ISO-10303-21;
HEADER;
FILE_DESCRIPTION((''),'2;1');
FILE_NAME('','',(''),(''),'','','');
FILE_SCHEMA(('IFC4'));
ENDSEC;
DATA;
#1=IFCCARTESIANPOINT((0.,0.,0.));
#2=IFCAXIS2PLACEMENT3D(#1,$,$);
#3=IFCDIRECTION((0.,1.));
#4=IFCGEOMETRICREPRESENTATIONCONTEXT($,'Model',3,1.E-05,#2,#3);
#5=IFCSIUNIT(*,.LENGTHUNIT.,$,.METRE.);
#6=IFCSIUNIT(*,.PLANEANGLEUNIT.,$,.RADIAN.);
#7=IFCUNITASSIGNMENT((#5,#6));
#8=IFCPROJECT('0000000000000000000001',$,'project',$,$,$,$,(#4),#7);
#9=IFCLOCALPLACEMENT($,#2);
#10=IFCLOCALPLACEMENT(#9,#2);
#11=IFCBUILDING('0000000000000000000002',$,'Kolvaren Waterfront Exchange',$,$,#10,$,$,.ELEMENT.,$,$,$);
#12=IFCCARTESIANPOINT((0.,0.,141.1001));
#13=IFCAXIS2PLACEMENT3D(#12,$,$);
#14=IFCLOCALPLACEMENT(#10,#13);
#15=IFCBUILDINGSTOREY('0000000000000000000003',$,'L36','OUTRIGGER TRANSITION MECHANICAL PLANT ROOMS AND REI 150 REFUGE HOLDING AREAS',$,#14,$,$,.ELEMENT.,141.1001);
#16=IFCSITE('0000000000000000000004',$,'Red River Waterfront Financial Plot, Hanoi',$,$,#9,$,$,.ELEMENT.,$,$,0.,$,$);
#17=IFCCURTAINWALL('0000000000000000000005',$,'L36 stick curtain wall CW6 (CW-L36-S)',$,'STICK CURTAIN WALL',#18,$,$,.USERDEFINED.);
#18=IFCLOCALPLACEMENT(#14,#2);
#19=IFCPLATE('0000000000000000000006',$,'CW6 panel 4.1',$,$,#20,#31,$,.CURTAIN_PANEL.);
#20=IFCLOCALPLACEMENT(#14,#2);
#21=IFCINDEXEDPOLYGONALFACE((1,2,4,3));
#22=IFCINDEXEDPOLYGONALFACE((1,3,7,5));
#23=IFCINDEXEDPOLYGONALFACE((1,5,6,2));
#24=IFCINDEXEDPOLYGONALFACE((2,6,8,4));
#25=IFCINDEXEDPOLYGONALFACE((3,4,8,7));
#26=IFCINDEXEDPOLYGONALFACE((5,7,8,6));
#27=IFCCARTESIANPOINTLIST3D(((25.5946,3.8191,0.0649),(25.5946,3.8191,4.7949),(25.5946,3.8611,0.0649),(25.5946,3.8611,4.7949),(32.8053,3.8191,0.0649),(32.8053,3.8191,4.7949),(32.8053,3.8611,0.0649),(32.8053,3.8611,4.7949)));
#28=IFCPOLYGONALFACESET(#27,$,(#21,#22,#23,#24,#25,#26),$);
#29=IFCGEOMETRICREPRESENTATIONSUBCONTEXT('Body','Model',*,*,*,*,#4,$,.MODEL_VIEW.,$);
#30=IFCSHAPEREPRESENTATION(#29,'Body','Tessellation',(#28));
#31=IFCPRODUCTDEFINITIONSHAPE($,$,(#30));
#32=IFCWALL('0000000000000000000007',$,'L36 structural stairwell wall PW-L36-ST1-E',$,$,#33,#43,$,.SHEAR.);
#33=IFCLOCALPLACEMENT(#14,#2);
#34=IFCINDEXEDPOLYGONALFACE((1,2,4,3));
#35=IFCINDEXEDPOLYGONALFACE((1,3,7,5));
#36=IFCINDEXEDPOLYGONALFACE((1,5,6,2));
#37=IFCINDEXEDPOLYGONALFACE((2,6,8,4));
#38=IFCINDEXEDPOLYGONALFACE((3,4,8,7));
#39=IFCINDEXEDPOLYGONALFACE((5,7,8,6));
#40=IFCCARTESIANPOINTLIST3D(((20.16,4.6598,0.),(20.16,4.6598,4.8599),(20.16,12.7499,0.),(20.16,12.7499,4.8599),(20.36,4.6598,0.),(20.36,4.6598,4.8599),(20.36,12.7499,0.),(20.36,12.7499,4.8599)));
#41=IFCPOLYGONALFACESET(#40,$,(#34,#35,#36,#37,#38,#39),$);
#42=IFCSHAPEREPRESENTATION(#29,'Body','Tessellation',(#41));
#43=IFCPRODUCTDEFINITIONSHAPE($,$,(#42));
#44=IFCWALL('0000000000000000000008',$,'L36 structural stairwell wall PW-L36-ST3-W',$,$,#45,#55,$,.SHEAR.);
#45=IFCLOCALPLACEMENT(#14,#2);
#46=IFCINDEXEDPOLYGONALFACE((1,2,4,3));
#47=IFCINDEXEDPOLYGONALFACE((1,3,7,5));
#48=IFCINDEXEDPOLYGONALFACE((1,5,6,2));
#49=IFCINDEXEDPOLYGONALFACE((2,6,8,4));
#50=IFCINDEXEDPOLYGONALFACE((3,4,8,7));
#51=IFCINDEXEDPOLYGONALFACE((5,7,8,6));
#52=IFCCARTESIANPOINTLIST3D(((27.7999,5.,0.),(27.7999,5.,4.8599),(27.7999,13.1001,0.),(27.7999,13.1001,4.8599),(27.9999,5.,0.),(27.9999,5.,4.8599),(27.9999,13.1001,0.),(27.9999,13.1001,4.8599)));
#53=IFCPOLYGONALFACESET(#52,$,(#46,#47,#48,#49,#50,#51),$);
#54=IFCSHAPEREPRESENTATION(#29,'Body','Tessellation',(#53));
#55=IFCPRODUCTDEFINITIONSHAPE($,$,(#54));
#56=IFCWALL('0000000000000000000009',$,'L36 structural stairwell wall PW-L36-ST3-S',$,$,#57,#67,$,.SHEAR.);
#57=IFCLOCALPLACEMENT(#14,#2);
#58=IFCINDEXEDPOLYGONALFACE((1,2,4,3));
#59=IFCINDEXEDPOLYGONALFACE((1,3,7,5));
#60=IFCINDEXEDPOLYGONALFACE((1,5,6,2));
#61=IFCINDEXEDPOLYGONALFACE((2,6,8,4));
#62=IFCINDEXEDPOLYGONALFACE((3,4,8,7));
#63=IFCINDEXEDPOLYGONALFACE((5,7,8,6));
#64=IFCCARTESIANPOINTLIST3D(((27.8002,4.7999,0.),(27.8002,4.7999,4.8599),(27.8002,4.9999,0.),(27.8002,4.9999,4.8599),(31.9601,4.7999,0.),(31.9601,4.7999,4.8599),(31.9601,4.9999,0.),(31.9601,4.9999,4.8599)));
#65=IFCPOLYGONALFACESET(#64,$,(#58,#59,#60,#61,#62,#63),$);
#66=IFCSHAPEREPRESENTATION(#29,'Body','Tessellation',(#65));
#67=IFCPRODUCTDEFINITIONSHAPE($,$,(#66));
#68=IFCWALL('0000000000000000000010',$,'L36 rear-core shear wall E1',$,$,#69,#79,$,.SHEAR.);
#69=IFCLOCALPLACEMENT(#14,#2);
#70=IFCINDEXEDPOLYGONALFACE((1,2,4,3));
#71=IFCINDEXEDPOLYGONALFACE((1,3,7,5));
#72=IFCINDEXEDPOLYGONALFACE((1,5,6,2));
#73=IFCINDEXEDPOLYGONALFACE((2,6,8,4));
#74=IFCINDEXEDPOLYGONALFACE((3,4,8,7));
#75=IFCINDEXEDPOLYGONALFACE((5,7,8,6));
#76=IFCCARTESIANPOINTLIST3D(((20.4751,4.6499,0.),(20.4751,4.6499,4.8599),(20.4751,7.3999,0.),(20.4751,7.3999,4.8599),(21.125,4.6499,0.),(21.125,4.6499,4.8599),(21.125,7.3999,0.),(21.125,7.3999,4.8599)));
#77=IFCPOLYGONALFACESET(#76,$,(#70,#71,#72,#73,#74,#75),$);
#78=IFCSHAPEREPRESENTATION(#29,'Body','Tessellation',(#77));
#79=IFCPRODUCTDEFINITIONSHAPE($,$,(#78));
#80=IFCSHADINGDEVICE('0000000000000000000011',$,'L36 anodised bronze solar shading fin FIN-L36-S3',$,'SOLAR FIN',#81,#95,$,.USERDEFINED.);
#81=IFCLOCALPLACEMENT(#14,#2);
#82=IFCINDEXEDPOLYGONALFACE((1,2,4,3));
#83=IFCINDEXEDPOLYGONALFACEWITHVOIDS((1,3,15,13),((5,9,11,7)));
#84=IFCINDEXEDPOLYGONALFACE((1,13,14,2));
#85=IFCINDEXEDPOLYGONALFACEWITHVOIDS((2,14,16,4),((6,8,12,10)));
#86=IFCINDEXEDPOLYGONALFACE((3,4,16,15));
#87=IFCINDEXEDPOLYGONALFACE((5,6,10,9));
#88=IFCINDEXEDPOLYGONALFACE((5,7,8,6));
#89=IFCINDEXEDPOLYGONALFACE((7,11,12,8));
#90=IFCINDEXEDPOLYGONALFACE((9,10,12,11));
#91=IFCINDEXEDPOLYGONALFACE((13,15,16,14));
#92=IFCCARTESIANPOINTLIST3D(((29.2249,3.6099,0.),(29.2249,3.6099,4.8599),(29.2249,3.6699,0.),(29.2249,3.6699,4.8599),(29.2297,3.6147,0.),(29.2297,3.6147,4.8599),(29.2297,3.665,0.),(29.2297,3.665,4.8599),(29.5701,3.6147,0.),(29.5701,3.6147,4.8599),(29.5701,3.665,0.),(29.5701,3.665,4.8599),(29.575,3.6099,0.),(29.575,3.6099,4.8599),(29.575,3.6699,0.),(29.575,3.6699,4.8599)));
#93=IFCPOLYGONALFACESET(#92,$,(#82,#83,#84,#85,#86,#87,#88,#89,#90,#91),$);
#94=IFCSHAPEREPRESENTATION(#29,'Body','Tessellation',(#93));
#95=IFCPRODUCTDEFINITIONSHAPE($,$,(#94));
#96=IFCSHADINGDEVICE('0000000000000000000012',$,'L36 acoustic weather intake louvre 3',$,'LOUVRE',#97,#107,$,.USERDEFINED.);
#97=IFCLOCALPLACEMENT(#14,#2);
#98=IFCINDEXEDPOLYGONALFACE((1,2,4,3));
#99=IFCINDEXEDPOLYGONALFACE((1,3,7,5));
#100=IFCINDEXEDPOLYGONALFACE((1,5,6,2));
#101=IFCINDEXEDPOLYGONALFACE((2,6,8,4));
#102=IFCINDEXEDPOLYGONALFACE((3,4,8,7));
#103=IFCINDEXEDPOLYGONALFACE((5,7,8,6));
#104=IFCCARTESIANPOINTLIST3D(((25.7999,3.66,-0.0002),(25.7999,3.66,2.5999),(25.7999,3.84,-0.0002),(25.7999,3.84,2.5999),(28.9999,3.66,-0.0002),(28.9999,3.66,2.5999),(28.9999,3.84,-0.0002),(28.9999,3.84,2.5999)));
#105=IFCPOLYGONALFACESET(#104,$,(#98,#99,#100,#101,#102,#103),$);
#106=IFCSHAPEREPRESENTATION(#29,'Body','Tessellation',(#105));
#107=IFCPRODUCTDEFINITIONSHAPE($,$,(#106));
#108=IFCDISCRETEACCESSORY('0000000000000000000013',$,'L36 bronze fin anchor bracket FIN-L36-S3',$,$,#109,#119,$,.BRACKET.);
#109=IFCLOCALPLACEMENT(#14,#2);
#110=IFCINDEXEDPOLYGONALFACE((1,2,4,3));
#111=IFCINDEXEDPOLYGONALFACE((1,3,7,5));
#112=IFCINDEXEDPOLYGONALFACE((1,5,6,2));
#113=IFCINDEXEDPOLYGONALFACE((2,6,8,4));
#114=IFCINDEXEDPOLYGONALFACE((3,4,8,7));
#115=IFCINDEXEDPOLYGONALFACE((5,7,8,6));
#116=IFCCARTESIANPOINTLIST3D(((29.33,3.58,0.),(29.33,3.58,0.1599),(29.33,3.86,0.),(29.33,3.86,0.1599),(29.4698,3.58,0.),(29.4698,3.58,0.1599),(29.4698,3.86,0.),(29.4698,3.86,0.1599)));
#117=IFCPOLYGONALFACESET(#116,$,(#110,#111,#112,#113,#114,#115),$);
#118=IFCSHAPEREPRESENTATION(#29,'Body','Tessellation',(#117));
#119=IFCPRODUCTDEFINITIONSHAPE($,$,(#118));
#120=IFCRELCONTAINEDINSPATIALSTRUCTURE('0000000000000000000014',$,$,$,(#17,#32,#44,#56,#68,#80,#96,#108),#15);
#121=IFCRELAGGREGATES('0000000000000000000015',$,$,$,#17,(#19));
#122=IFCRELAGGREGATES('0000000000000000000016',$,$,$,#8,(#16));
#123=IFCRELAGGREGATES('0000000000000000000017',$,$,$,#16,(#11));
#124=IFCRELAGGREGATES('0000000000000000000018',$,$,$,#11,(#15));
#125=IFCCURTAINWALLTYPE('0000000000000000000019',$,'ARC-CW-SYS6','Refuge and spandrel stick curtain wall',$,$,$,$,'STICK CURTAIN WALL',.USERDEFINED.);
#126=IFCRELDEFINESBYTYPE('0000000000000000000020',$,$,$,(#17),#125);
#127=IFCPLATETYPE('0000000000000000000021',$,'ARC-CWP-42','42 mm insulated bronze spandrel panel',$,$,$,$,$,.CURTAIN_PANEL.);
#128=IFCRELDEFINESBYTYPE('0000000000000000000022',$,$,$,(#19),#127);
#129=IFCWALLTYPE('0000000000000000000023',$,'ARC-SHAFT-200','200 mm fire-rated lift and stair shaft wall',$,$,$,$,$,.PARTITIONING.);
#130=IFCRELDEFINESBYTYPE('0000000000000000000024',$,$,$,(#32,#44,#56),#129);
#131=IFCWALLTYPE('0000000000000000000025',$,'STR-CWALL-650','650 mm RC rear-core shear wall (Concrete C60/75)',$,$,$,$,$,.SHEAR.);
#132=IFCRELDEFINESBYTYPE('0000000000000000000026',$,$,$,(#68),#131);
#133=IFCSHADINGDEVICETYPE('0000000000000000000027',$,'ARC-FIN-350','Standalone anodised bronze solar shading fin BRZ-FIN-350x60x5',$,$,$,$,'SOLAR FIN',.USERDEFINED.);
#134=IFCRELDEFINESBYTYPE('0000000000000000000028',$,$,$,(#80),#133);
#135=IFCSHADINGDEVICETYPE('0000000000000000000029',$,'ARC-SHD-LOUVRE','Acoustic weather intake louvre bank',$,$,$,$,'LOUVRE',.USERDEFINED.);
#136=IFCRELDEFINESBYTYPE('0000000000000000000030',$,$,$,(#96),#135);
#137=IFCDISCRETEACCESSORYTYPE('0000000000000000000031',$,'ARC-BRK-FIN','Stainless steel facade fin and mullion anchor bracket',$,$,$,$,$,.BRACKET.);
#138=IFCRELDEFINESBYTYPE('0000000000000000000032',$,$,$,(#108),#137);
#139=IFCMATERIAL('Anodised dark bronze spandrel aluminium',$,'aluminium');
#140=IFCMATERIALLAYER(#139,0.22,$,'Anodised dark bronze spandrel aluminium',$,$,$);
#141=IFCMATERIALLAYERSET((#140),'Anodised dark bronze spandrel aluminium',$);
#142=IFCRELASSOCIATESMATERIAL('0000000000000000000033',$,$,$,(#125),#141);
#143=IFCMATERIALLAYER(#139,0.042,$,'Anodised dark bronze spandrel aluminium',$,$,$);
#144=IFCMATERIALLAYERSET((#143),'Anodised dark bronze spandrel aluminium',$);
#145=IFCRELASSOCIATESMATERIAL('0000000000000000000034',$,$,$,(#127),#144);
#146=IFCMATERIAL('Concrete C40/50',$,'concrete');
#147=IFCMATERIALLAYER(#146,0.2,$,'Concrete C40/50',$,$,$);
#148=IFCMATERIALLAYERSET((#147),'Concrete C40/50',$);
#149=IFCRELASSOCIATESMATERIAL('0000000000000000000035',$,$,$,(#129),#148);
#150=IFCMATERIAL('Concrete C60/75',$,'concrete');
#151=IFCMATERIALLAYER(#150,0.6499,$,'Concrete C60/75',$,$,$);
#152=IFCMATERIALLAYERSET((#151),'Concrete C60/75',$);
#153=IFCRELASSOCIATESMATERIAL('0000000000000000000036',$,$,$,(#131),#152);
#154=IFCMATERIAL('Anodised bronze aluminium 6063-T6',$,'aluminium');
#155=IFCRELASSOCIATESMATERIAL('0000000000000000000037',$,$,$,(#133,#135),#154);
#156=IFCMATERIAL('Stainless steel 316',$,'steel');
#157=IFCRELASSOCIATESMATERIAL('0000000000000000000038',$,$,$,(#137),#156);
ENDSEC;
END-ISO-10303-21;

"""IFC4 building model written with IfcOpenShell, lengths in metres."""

from ifc_helpers import new_model, si_unit, direction, frame, frame_2d, origin, origin_with_axes, origin_2d, place, context, subcontext, project, spatial, rectangle, hollow_rectangle, extrude, source, transform, mapped, material, layer, layer_set, material_profile, profile_set, type_object, element, aggregate, save


model = new_model("IFC4")

# Units and contexts
model_context = context("Model", 3, precision=1e-05, world=origin(), true_north=direction((0.0, 1.0)))
body_context = subcontext(model_context, "Body", "Model", "MODEL_VIEW")
ifc_project = project(units=[si_unit("LENGTHUNIT", "METRE"), si_unit("PLANEANGLEUNIT", "RADIAN")], contexts=[model_context])

# Site, building, storey
site_placement = place(None, origin())
site = spatial("IfcSite", under=ifc_project, at=site_placement, Name="Red River Waterfront Financial Plot, Hanoi", CompositionType="ELEMENT", RefElevation=0.0)
building_placement = place(site_placement, origin())
building = spatial("IfcBuilding", under=site, at=building_placement, Name="Kolvaren Waterfront Exchange", CompositionType="ELEMENT")
storey_placement = place(building_placement, frame((0.0, 0.0, 141.1001)))
storey = spatial("IfcBuildingStorey", under=building, at=storey_placement, Name="L36", Description="OUTRIGGER TRANSITION MECHANICAL PLANT ROOMS AND REI 150 REFUGE HOLDING AREAS", CompositionType="ELEMENT", Elevation=141.1001)

# Shared definitions
ifc_material_1 = material(Name="Concrete C60/75", Category="concrete")

# Curtain wall
ifc_material_2 = material(Name="Anodised dark bronze spandrel aluminium", Category="aluminium")
ifc_layer_1 = layer(ifc_material_2, 0.22, Name="Anodised dark bronze spandrel aluminium")
ifc_layer_set_1 = layer_set([ifc_layer_1], Name="Anodised dark bronze spandrel aluminium")
curtain_wall_type = type_object("IfcCurtainWallType", Name="ARC-CW-SYS6", Description="Refuge and spandrel stick curtain wall", ElementType="STICK CURTAIN WALL", PredefinedType="USERDEFINED", material=ifc_layer_set_1)
curtain_wall_placement = place(storey_placement, origin())
curtain_wall = element("IfcCurtainWall", 1, at=curtain_wall_placement, inside=storey, type_object=curtain_wall_type, Name="L36 stick curtain wall CW6 (CW-L36-S)", ObjectType="STICK CURTAIN WALL", PredefinedType="USERDEFINED")
ifc_material_3 = material(Name="Anodised bronze aluminium 6063-T6", Category="aluminium")

# Plate
ifc_layer_2 = layer(ifc_material_2, 0.042, Name="Anodised dark bronze spandrel aluminium")
ifc_layer_set_2 = layer_set([ifc_layer_2], Name="Anodised dark bronze spandrel aluminium")
plate_type_1 = type_object("IfcPlateType", Name="ARC-CWP-42", Description="42 mm insulated bronze spandrel panel", PredefinedType="CURTAIN_PANEL", material=ifc_layer_set_2)
shared_shape_1 = source(origin_with_axes(), body_context, "Body", "SweptSolid", [
    extrude(rectangle(XDim=7.2107, YDim=0.042, at=origin_2d()), origin(), (0.0, 0.0, 1.0), 4.73),
])
plate_1_placement = place(storey_placement, frame((29.2, 3.8401, 0.0649), z_axis=(0.0, 0.0, 1.0), x_axis=(1.0, 0.0, 0.0)))
plate_1 = element("IfcPlate", 2, at=plate_1_placement, type_object=plate_type_1, Name="CW6 panel 4.1", PredefinedType="CURTAIN_PANEL", context=body_context, shape_type="MappedRepresentation", body=[
    mapped(shared_shape_1, transform((0.0, 0.0, 0.0), x_axis=(1.0, 0.0, 0.0), y_axis=(0.0, 1.0, 0.0), z_axis=(0.0, 0.0, 1.0), scale=1.0)),
])
aggregate(curtain_wall, [plate_1])

# Walls
ifc_material_4 = material(Name="Concrete C40/50", Category="concrete")
ifc_layer_3 = layer(ifc_material_4, 0.2, Name="Concrete C40/50")
ifc_layer_set_3 = layer_set([ifc_layer_3], Name="Concrete C40/50")
wall_type_1 = type_object("IfcWallType", Name="ARC-SHAFT-200", Description="200 mm fire-rated lift and stair shaft wall", PredefinedType="PARTITIONING", material=ifc_layer_set_3)
wall_1_placement = place(storey_placement, frame((20.26, 4.6599, 0.0), z_axis=(0.0, 0.0, 1.0), x_axis=(0.0, 1.0, 0.0)))
element("IfcWall", 3, at=wall_1_placement, inside=storey, type_object=wall_type_1, Name="L36 structural stairwell wall PW-L36-ST1-E", PredefinedType="SHEAR", context=body_context, shape_type="SweptSolid", body=[
    extrude(rectangle(XDim=8.0901, YDim=0.2, at=frame_2d((4.0449, 0.0))), origin(), (0.0, 0.0, 1.0), 4.8599),
])
wall_2_placement = place(storey_placement, frame((27.8999, 5.0, 0.0), z_axis=(0.0, 0.0, 1.0), x_axis=(0.0, 1.0, 0.0)))
element("IfcWall", 4, at=wall_2_placement, inside=storey, type_object=wall_type_1, Name="L36 structural stairwell wall PW-L36-ST3-W", PredefinedType="SHEAR", context=body_context, shape_type="SweptSolid", body=[
    extrude(rectangle(XDim=8.1001, YDim=0.2, at=frame_2d((4.05, 0.0))), origin(), (0.0, 0.0, 1.0), 4.8599),
])
wall_3_placement = place(storey_placement, frame((27.8, 4.8999, 0.0), z_axis=(0.0, 0.0, 1.0), x_axis=(1.0, 0.0, 0.0)))
element("IfcWall", 5, at=wall_3_placement, inside=storey, type_object=wall_type_1, Name="L36 structural stairwell wall PW-L36-ST3-S", PredefinedType="SHEAR", context=body_context, shape_type="SweptSolid", body=[
    extrude(rectangle(XDim=4.1599, YDim=0.2, at=frame_2d((2.0801, 0.0))), origin(), (0.0, 0.0, 1.0), 4.8599),
])
ifc_layer_4 = layer(ifc_material_1, 0.6499, Name="Concrete C60/75")
ifc_layer_set_4 = layer_set([ifc_layer_4], Name="Concrete C60/75")
wall_type_2 = type_object("IfcWallType", Name="STR-CWALL-650", Description="650 mm RC rear-core shear wall (Concrete C60/75)", PredefinedType="SHEAR", material=ifc_layer_set_4)
wall_4_placement = place(storey_placement, frame((20.8, 4.6499, 0.0), z_axis=(0.0, 0.0, 1.0), x_axis=(0.0, 1.0, 0.0)))
element("IfcWall", 6, at=wall_4_placement, inside=storey, type_object=wall_type_2, Name="L36 rear-core shear wall E1", PredefinedType="SHEAR", context=body_context, shape_type="SweptSolid", body=[
    extrude(rectangle(XDim=2.75, YDim=0.6499, at=frame_2d((1.375, 0.0))), origin(), (0.0, 0.0, 1.0), 4.8599),
])

# Shading devices
ifc_material_profile_1 = material_profile(ifc_material_3, hollow_rectangle(XDim=0.0601, YDim=0.3501, WallThickness=0.0049, at=origin_2d()), Name="BRZ-FIN-350x60x5")
ifc_profile_set_1 = profile_set([ifc_material_profile_1], Name="Anodised bronze aluminium 6063-T6")
shading_device_type_1 = type_object("IfcShadingDeviceType", Name="ARC-FIN-350", Description="Standalone anodised bronze solar shading fin BRZ-FIN-350x60x5", ElementType="SOLAR FIN", PredefinedType="USERDEFINED", material=ifc_profile_set_1)
shading_device_1_placement = place(storey_placement, frame((29.3999, 3.6399, 0.0), z_axis=(0.0, 0.0, 1.0), x_axis=(0.0, -1.0, 0.0)))
element("IfcShadingDevice", 7, at=shading_device_1_placement, inside=storey, type_object=shading_device_type_1, Name="L36 anodised bronze solar shading fin FIN-L36-S3", ObjectType="SOLAR FIN", PredefinedType="USERDEFINED", context=body_context, shape_type="SweptSolid", body=[
    extrude(hollow_rectangle(XDim=0.0601, YDim=0.3501, WallThickness=0.0049, at=origin_2d()), origin(), (0.0, 0.0, 1.0), 4.8599),
])
shading_device_type_2 = type_object("IfcShadingDeviceType", Name="ARC-SHD-LOUVRE", Description="Acoustic weather intake louvre bank", ElementType="LOUVRE", PredefinedType="USERDEFINED", material=ifc_material_3)
shared_shape_2 = source(origin_with_axes(), body_context, "Body", "SweptSolid", [
    extrude(rectangle(XDim=3.2, YDim=0.1799, at=origin_2d()), origin(), (0.0, 0.0, 1.0), 2.6001),
])
shading_device_2_placement = place(storey_placement, frame((27.3999, 3.75, -0.0002), z_axis=(0.0, 0.0, 1.0), x_axis=(1.0, 0.0, 0.0)))
element("IfcShadingDevice", 8, at=shading_device_2_placement, inside=storey, type_object=shading_device_type_2, Name="L36 acoustic weather intake louvre 3", ObjectType="LOUVRE", PredefinedType="USERDEFINED", context=body_context, shape_type="MappedRepresentation", body=[
    mapped(shared_shape_2, transform((0.0, 0.0, 0.0), x_axis=(1.0, 0.0, 0.0), y_axis=(0.0, 1.0, 0.0), z_axis=(0.0, 0.0, 1.0), scale=1.0)),
])

# Discrete accessory
ifc_material_5 = material(Name="Stainless steel 316", Category="steel")
discrete_accessory_type = type_object("IfcDiscreteAccessoryType", Name="ARC-BRK-FIN", Description="Stainless steel facade fin and mullion anchor bracket", PredefinedType="BRACKET", material=ifc_material_5)
shared_shape_3 = source(origin_with_axes(), body_context, "Body", "SweptSolid", [
    extrude(rectangle(XDim=0.28, YDim=0.1399, at=origin_2d()), origin(), (0.0, 0.0, 1.0), 0.1599),
])
discrete_accessory_placement = place(storey_placement, frame((29.3999, 3.72, 0.0), z_axis=(0.0, 0.0, 1.0), x_axis=(0.0, -1.0, 0.0)))
element("IfcDiscreteAccessory", 9, at=discrete_accessory_placement, inside=storey, type_object=discrete_accessory_type, Name="L36 bronze fin anchor bracket FIN-L36-S3", PredefinedType="BRACKET", context=body_context, shape_type="MappedRepresentation", body=[
    mapped(shared_shape_3, transform((0.0, 0.0, 0.0), x_axis=(1.0, 0.0, 0.0), y_axis=(0.0, 1.0, 0.0), z_axis=(0.0, 0.0, 1.0), scale=1.0)),
])

save(model, "model.ifc")
